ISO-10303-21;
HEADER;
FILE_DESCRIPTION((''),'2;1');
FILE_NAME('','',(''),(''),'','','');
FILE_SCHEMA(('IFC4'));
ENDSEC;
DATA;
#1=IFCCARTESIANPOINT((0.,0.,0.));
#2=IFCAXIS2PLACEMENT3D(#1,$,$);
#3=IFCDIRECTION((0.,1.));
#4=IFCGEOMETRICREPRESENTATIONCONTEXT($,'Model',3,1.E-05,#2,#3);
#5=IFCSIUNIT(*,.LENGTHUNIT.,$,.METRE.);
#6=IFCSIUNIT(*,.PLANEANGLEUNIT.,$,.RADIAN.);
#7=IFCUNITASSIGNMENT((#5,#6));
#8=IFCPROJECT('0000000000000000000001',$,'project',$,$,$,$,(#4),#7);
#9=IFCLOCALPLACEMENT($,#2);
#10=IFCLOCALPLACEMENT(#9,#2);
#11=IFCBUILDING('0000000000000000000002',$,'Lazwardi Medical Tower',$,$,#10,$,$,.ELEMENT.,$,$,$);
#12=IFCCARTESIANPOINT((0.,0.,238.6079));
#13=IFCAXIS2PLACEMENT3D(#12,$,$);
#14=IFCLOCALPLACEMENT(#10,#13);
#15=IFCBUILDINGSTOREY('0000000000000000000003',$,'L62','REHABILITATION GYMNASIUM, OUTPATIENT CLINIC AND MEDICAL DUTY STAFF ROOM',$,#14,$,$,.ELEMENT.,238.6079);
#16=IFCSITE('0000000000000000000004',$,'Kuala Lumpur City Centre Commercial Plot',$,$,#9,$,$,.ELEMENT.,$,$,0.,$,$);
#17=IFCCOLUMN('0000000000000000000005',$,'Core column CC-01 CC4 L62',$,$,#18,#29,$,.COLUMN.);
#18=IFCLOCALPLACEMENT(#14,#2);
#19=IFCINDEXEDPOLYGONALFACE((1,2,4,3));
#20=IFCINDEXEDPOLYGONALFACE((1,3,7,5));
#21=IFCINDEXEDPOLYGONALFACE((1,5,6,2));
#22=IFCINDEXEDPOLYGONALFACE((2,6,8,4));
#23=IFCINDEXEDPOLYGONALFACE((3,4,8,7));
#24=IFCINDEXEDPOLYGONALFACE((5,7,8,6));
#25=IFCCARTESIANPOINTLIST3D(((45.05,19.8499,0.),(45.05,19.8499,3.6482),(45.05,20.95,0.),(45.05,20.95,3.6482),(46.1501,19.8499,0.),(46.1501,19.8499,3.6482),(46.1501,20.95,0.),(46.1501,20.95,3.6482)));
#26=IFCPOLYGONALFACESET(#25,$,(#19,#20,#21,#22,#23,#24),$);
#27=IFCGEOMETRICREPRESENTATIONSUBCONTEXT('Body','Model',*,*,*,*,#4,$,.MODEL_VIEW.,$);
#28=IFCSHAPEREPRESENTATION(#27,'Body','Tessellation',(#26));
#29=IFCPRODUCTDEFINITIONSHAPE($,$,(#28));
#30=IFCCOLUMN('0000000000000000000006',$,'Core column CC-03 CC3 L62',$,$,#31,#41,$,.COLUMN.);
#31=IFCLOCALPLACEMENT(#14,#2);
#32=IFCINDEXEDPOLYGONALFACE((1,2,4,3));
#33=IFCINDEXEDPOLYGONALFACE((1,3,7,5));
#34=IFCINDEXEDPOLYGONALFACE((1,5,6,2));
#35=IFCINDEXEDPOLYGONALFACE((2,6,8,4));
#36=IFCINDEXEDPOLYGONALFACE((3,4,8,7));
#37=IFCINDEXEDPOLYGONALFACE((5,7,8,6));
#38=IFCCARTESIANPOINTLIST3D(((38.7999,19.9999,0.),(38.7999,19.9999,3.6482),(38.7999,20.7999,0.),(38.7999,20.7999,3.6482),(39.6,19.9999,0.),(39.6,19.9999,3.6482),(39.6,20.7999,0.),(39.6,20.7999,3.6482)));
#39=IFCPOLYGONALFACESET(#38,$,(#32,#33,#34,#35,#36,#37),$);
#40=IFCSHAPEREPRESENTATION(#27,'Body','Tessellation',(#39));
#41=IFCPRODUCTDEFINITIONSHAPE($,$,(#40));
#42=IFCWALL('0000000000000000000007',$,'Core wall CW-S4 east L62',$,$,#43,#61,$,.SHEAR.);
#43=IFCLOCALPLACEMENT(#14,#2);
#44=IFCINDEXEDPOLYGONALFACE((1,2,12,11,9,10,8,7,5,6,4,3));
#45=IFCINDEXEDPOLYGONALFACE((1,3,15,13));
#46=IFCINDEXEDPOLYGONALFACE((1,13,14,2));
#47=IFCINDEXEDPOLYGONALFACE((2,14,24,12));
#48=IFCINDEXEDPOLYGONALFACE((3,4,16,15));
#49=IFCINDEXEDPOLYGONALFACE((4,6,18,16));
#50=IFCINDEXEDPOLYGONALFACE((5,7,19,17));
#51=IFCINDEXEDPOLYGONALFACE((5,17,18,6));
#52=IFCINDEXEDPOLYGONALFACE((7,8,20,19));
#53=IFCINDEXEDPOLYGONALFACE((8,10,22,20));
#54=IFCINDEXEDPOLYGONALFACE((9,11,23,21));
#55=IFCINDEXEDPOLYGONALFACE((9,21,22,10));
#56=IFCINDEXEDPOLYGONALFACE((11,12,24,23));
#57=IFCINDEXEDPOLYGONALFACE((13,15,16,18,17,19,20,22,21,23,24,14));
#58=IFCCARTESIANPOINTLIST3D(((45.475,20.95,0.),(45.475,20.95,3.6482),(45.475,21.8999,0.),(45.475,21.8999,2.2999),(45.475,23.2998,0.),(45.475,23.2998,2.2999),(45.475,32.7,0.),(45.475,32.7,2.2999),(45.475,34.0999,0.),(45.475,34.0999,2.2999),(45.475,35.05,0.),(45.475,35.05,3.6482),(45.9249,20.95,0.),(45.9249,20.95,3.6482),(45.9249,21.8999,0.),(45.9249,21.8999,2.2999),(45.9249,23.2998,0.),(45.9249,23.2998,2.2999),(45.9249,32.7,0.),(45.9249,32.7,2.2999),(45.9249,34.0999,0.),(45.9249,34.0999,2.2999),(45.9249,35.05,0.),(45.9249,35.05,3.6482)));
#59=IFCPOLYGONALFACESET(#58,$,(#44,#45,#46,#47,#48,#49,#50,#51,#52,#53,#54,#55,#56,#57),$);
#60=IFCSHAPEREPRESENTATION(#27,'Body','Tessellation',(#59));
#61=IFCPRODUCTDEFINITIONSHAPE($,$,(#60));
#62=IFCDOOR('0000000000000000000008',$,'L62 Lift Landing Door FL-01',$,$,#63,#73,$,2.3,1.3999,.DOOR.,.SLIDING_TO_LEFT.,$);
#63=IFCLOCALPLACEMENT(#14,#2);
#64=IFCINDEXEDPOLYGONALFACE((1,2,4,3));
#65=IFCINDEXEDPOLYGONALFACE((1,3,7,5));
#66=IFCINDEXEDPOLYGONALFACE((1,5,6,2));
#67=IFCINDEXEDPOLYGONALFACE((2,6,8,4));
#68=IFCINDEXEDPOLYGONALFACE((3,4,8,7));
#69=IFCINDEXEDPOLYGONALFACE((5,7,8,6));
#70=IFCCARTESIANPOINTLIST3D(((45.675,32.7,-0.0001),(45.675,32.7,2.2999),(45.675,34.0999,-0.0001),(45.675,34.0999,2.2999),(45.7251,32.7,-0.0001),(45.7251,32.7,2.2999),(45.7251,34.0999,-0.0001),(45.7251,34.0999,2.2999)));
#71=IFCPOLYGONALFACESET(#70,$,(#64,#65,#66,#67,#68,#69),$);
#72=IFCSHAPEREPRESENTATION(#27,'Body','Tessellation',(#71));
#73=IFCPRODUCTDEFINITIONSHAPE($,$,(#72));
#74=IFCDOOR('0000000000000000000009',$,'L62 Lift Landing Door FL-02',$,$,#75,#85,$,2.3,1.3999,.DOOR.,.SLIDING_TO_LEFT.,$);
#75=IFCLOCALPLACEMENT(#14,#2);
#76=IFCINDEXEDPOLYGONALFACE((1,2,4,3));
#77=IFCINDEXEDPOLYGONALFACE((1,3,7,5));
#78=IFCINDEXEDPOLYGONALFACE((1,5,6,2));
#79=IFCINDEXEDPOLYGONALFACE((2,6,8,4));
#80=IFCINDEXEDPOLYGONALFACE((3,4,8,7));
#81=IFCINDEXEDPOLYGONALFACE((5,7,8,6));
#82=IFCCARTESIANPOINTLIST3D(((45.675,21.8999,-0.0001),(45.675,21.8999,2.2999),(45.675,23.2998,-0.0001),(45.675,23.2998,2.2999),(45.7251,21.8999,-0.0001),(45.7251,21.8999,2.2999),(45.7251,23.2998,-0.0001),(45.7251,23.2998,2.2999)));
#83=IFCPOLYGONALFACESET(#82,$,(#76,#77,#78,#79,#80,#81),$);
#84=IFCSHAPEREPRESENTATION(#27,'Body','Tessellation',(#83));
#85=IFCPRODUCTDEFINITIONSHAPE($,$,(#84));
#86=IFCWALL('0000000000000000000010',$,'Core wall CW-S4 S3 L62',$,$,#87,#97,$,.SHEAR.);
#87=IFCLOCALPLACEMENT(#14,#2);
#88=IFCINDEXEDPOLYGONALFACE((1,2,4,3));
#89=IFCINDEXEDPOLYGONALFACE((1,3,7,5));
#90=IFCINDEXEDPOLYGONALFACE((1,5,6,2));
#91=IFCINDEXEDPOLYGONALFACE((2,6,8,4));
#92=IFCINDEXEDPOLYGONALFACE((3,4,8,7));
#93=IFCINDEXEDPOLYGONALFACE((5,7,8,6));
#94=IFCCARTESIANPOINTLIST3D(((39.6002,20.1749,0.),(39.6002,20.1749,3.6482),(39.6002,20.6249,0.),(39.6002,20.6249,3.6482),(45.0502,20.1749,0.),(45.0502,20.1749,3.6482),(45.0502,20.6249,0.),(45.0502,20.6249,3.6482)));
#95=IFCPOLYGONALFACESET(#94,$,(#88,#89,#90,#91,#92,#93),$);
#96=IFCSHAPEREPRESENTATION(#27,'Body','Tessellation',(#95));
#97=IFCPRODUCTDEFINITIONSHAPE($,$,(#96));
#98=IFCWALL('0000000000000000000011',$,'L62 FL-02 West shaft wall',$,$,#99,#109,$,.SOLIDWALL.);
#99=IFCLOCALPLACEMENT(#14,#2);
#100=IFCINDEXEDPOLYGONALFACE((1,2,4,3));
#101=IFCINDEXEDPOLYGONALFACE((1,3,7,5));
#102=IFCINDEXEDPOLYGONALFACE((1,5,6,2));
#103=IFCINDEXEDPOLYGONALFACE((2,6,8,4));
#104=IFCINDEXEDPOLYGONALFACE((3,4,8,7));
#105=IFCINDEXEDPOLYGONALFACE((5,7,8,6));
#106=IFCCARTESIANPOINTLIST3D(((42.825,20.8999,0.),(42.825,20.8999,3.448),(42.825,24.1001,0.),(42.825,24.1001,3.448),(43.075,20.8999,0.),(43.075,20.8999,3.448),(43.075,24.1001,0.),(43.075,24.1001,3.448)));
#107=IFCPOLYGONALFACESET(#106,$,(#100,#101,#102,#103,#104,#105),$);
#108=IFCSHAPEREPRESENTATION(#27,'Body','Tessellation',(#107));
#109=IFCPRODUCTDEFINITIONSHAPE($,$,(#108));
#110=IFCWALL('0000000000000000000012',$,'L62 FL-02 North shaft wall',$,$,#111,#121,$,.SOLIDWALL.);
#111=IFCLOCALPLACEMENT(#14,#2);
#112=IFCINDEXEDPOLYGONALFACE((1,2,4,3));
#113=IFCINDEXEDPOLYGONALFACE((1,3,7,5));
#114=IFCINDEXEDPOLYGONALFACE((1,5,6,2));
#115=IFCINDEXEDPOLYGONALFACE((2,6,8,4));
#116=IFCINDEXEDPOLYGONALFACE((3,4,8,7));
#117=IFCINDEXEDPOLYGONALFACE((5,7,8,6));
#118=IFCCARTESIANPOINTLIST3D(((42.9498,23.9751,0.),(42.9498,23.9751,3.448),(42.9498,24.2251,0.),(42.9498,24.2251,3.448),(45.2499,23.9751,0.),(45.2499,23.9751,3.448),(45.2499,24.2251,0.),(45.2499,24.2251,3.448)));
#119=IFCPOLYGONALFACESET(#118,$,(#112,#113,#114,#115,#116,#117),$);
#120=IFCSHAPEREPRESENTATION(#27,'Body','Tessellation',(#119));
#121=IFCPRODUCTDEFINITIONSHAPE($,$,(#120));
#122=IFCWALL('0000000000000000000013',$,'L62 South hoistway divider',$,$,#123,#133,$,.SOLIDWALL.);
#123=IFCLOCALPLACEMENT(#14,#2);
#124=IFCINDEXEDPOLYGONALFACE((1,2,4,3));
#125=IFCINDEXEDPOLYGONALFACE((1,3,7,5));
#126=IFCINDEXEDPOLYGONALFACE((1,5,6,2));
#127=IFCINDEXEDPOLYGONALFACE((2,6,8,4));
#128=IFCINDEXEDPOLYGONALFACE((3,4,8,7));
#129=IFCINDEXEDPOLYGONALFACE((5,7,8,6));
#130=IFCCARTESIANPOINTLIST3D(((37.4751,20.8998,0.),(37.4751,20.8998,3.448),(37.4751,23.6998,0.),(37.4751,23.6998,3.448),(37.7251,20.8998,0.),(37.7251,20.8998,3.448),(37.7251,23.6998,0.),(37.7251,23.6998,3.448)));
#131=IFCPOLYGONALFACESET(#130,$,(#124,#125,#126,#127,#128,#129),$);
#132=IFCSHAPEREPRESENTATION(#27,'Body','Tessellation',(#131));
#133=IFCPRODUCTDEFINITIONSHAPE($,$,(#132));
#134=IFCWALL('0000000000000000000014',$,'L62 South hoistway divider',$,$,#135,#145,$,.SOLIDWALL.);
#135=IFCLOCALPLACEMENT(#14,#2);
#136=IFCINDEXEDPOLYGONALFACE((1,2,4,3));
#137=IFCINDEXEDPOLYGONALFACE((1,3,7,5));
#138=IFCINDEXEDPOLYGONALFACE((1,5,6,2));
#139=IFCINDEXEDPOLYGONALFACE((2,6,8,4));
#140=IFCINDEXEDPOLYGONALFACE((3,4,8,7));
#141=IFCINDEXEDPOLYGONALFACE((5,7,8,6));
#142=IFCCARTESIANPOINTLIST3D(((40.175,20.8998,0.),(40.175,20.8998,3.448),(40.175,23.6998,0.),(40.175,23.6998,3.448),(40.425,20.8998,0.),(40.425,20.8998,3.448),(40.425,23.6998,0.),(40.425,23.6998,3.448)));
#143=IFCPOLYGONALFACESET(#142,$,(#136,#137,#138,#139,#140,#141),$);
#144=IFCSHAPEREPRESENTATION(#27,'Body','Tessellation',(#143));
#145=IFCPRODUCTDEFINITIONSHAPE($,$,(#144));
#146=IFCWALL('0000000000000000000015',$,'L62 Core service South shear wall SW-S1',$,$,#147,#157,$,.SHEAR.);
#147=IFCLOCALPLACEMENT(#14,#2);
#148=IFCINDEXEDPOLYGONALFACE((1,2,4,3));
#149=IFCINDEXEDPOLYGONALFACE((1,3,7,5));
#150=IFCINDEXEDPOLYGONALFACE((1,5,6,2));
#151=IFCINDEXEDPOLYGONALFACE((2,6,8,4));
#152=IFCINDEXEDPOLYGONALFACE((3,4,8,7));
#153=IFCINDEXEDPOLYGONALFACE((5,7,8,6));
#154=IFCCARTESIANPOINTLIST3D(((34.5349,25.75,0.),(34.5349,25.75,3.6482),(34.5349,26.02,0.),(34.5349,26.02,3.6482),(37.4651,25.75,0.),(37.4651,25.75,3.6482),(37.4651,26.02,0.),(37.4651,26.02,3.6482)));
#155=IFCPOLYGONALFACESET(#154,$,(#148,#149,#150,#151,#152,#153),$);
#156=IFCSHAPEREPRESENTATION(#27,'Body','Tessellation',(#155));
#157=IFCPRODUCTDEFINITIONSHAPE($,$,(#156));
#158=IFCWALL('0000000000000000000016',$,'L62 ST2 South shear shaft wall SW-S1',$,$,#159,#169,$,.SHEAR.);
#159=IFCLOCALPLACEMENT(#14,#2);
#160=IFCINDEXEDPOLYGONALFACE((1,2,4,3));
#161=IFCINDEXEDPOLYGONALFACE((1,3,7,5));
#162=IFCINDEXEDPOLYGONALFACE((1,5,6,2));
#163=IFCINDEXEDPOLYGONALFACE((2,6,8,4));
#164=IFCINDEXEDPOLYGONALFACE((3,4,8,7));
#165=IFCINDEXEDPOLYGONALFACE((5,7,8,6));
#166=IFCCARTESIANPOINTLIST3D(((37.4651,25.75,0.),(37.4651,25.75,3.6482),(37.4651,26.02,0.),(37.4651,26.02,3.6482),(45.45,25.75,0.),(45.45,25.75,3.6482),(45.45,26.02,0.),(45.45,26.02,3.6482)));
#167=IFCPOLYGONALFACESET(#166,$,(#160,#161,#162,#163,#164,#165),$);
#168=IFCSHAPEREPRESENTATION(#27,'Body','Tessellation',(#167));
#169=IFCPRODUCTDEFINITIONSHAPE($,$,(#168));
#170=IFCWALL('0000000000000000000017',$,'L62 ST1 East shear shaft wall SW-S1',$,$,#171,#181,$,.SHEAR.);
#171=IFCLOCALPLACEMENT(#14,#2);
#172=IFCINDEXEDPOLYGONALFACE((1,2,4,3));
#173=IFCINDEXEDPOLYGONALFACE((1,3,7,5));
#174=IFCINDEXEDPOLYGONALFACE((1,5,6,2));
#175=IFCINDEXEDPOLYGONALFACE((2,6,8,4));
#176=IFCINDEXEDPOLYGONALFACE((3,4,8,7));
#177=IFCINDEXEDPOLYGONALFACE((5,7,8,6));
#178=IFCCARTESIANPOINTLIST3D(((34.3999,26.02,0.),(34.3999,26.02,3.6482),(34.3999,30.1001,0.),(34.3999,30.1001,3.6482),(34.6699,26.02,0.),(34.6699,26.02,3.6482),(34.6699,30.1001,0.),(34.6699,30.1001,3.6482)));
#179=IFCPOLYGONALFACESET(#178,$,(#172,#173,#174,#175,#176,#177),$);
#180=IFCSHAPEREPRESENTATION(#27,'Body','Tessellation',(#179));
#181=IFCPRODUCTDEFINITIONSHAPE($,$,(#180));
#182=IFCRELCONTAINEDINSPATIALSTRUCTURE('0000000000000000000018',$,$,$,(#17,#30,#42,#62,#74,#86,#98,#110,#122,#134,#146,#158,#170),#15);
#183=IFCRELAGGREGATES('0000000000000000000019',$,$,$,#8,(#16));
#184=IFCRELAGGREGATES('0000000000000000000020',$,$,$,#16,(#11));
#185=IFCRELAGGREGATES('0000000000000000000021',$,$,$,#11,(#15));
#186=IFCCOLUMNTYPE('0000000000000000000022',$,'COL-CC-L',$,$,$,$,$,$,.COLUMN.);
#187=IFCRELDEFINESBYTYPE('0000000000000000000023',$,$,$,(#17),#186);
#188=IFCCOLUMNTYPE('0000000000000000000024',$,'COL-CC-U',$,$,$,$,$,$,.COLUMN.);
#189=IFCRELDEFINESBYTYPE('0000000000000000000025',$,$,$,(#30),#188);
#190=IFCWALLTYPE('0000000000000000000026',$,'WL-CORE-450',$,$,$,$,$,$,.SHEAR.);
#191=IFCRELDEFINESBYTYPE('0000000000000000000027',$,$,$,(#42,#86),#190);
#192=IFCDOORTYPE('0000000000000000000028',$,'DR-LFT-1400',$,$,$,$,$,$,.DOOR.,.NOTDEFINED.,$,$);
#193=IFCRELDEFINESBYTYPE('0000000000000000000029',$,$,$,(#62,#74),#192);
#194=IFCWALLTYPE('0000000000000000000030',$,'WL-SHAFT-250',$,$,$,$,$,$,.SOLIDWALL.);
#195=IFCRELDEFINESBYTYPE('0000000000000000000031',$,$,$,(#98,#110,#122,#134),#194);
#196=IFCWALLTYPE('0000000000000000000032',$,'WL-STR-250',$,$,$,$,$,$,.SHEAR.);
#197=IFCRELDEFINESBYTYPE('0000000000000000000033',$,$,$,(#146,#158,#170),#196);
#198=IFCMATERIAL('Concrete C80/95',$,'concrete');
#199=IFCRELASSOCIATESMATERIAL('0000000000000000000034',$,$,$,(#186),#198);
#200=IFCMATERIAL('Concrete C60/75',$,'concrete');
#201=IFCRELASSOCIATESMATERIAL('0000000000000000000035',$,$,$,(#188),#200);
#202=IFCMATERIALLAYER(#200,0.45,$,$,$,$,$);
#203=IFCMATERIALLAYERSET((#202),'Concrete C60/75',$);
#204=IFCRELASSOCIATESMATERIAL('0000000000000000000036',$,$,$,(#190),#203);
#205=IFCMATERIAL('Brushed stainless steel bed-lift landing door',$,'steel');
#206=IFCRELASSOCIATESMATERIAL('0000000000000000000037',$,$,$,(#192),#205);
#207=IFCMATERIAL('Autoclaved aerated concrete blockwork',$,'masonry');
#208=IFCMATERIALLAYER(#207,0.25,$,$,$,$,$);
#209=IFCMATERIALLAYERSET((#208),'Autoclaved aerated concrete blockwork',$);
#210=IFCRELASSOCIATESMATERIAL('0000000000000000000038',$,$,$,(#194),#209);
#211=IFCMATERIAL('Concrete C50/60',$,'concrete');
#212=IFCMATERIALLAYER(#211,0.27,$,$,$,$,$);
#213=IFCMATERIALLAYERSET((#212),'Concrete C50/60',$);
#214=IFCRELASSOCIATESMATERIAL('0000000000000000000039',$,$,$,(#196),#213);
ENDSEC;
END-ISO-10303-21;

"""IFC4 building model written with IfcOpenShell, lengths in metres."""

from ifc_helpers import new_model, si_unit, direction, frame, frame_2d, origin, origin_2d, place, context, subcontext, project, spatial, rectangle, extrude, material, layer, layer_set, material_profile, profile_set, type_object, element, fill, save


model = new_model("IFC4")

# Units and contexts
model_context = context("Model", 3, precision=1e-05, world=origin(), true_north=direction((0.0, 1.0)))
body_context = subcontext(model_context, "Body", "Model", "MODEL_VIEW")
ifc_project = project(units=[si_unit("LENGTHUNIT", "METRE"), si_unit("PLANEANGLEUNIT", "RADIAN")], contexts=[model_context])

# Site, building, storey
site_placement = place(None, origin())
site = spatial("IfcSite", under=ifc_project, at=site_placement, Name="Kuala Lumpur City Centre Commercial Plot", CompositionType="ELEMENT", RefElevation=0.0)
building_placement = place(site_placement, origin())
building = spatial("IfcBuilding", under=site, at=building_placement, Name="Lazwardi Medical Tower", CompositionType="ELEMENT")
storey_placement = place(building_placement, frame((0.0, 0.0, 238.6079)))
storey = spatial("IfcBuildingStorey", under=building, at=storey_placement, Name="L62", Description="REHABILITATION GYMNASIUM, OUTPATIENT CLINIC AND MEDICAL DUTY STAFF ROOM", CompositionType="ELEMENT", Elevation=238.6079)

# Columns
ifc_material_1 = material(Name="Concrete C80/95", Category="concrete")
ifc_material_profile_1 = material_profile(ifc_material_1, rectangle(XDim=1.1001, YDim=1.1001, at=origin_2d()), Name="RC 1100x1100")
ifc_profile_set_1 = profile_set([ifc_material_profile_1], Name="Concrete C80/95")
column_type_1 = type_object("IfcColumnType", Name="COL-CC-L", PredefinedType="COLUMN", material=ifc_profile_set_1)
column_1_placement = place(storey_placement, frame((45.6001, 20.3999, 0.0), z_axis=(0.0, 0.0, 1.0), x_axis=(1.0, 0.0, 0.0)))
element("IfcColumn", 1, at=column_1_placement, inside=storey, type_object=column_type_1, Name="Core column CC-01 CC4 L62", PredefinedType="COLUMN", context=body_context, shape_type="SweptSolid", body=[
    extrude(rectangle(XDim=1.1001, YDim=1.1001, at=origin_2d()), origin(), (0.0, 0.0, 1.0), 3.6482),
])
ifc_material_2 = material(Name="Concrete C60/75", Category="concrete")
ifc_material_profile_2 = material_profile(ifc_material_2, rectangle(XDim=0.8, YDim=0.8, at=origin_2d()), Name="RC 800x800")
ifc_profile_set_2 = profile_set([ifc_material_profile_2], Name="Concrete C60/75")
column_type_2 = type_object("IfcColumnType", Name="COL-CC-U", PredefinedType="COLUMN", material=ifc_profile_set_2)
column_2_placement = place(storey_placement, frame((39.2, 20.3999, 0.0), z_axis=(0.0, 0.0, 1.0), x_axis=(1.0, 0.0, 0.0)))
element("IfcColumn", 2, at=column_2_placement, inside=storey, type_object=column_type_2, Name="Core column CC-03 CC3 L62", PredefinedType="COLUMN", context=body_context, shape_type="SweptSolid", body=[
    extrude(rectangle(XDim=0.8, YDim=0.8, at=origin_2d()), origin(), (0.0, 0.0, 1.0), 3.6482),
])

# Wall, openings, doors
ifc_layer_1 = layer(ifc_material_2, 0.45)
ifc_layer_set_1 = layer_set([ifc_layer_1], Name="Concrete C60/75")
wall_type_1 = type_object("IfcWallType", Name="WL-CORE-450", PredefinedType="SHEAR", material=ifc_layer_set_1)
wall_1_placement = place(storey_placement, frame((45.7, 20.95, 0.0), z_axis=(0.0, 0.0, 1.0), x_axis=(0.0, 1.0, 0.0)))
wall_1 = element("IfcWall", 3, at=wall_1_placement, inside=storey, type_object=wall_type_1, Name="Core wall CW-S4 east L62", PredefinedType="SHEAR", context=body_context, shape_type="SweptSolid", body=[
    extrude(rectangle(XDim=14.1001, YDim=0.45, at=frame_2d((7.05, 0.0))), origin(), (0.0, 0.0, 1.0), 3.6482),
])
opening_1_placement = place(wall_1_placement, frame((11.75, 0.0, 0.0)))
opening_1 = element("IfcOpeningElement", 4, at=opening_1_placement, cuts=wall_1, PredefinedType="OPENING", context=body_context, shape_type="SweptSolid", body=[
    extrude(rectangle(XDim=1.3999, YDim=2.3, at=frame_2d((0.7, 1.1499))), frame((0.0, 0.2349, 0.0), z_axis=(0.0, -1.0, 0.0), x_axis=(1.0, 0.0, 0.0)), (0.0, 0.0, 1.0), 0.47),
])
opening_2_placement = place(wall_1_placement, frame((0.95, 0.0, 0.0)))
opening_2 = element("IfcOpeningElement", 5, at=opening_2_placement, cuts=wall_1, PredefinedType="OPENING", context=body_context, shape_type="SweptSolid", body=[
    extrude(rectangle(XDim=1.3999, YDim=2.3, at=frame_2d((0.7, 1.1499))), frame((0.0, 0.2349, 0.0), z_axis=(0.0, -1.0, 0.0), x_axis=(1.0, 0.0, 0.0)), (0.0, 0.0, 1.0), 0.47),
])
ifc_material_3 = material(Name="Brushed stainless steel bed-lift landing door", Category="steel")
door_type = type_object("IfcDoorType", Name="DR-LFT-1400", OperationType="NOTDEFINED", PredefinedType="DOOR", material=ifc_material_3)
door_1_placement = place(opening_1_placement, origin())
door_1 = element("IfcDoor", 6, at=door_1_placement, inside=storey, type_object=door_type, Name="L62 Lift Landing Door FL-01", OperationType="SLIDING_TO_LEFT", OverallHeight=2.3, OverallWidth=1.3999, PredefinedType="DOOR", context=body_context, shape_type="SweptSolid", body=[
    extrude(rectangle(XDim=1.3999, YDim=2.3, at=frame_2d((0.7, 1.1499))), frame((0.0, 0.0249, 0.0), z_axis=(0.0, -1.0, 0.0), x_axis=(1.0, 0.0, 0.0)), (0.0, 0.0, 1.0), 0.05),
])
fill(opening_1, door_1)
door_2_placement = place(opening_2_placement, origin())
door_2 = element("IfcDoor", 7, at=door_2_placement, inside=storey, type_object=door_type, Name="L62 Lift Landing Door FL-02", OperationType="SLIDING_TO_LEFT", OverallHeight=2.3, OverallWidth=1.3999, PredefinedType="DOOR", context=body_context, shape_type="SweptSolid", body=[
    extrude(rectangle(XDim=1.3999, YDim=2.3, at=frame_2d((0.7, 1.1499))), frame((0.0, 0.0249, 0.0), z_axis=(0.0, -1.0, 0.0), x_axis=(1.0, 0.0, 0.0)), (0.0, 0.0, 1.0), 0.05),
])
fill(opening_2, door_2)

# Walls
wall_2_placement = place(storey_placement, frame((39.6001, 20.3999, 0.0), z_axis=(0.0, 0.0, 1.0), x_axis=(1.0, 0.0, 0.0)))
element("IfcWall", 8, at=wall_2_placement, inside=storey, type_object=wall_type_1, Name="Core wall CW-S4 S3 L62", PredefinedType="SHEAR", context=body_context, shape_type="SweptSolid", body=[
    extrude(rectangle(XDim=5.45, YDim=0.45, at=frame_2d((2.7251, 0.0))), origin(), (0.0, 0.0, 1.0), 3.6482),
])
ifc_material_4 = material(Name="Autoclaved aerated concrete blockwork", Category="masonry")
ifc_layer_2 = layer(ifc_material_4, 0.25)
ifc_layer_set_2 = layer_set([ifc_layer_2], Name="Autoclaved aerated concrete blockwork")
wall_type_2 = type_object("IfcWallType", Name="WL-SHAFT-250", PredefinedType="SOLIDWALL", material=ifc_layer_set_2)
wall_3_placement = place(storey_placement, frame((42.95, 20.8999, 0.0), z_axis=(0.0, 0.0, 1.0), x_axis=(0.0, 1.0, 0.0)))
element("IfcWall", 9, at=wall_3_placement, inside=storey, type_object=wall_type_2, Name="L62 FL-02 West shaft wall", PredefinedType="SOLIDWALL", context=body_context, shape_type="SweptSolid", body=[
    extrude(rectangle(XDim=3.2002, YDim=0.25, at=frame_2d((1.6001, 0.0))), origin(), (0.0, 0.0, 1.0), 3.448),
])
wall_4_placement = place(storey_placement, frame((42.95, 24.1001, 0.0), z_axis=(0.0, 0.0, 1.0), x_axis=(1.0, 0.0, 0.0)))
element("IfcWall", 10, at=wall_4_placement, inside=storey, type_object=wall_type_2, Name="L62 FL-02 North shaft wall", PredefinedType="SOLIDWALL", context=body_context, shape_type="SweptSolid", body=[
    extrude(rectangle(XDim=2.3, YDim=0.25, at=frame_2d((1.1499, 0.0))), origin(), (0.0, 0.0, 1.0), 3.448),
])
for number, where, z_axis, x_axis, name in (
    (11, (37.6001, 20.8999, 0.0), (0.0, 0.0, 1.0), (0.0, 1.0, 0.0), "L62 South hoistway divider"),
    (12, (40.3, 20.8999, 0.0), (0.0, 0.0, 1.0), (0.0, 1.0, 0.0), "L62 South hoistway divider"),
):
    element("IfcWall", number, at=place(storey_placement, frame(where, z_axis=z_axis, x_axis=x_axis)), inside=storey, type_object=wall_type_2, Name=name, PredefinedType="SOLIDWALL", context=body_context, shape_type="SweptSolid", body=[
        extrude(rectangle(XDim=2.8, YDim=0.25, at=frame_2d((1.3999, 0.0))), origin(), (0.0, 0.0, 1.0), 3.448),
    ])
ifc_material_5 = material(Name="Concrete C50/60", Category="concrete")
ifc_layer_3 = layer(ifc_material_5, 0.27)
ifc_layer_set_3 = layer_set([ifc_layer_3], Name="Concrete C50/60")
wall_type_3 = type_object("IfcWallType", Name="WL-STR-250", PredefinedType="SHEAR", material=ifc_layer_set_3)
wall_5_placement = place(storey_placement, frame((34.5349, 25.885, 0.0), z_axis=(0.0, 0.0, 1.0), x_axis=(1.0, 0.0, 0.0)))
element("IfcWall", 13, at=wall_5_placement, inside=storey, type_object=wall_type_3, Name="L62 Core service South shear wall SW-S1", PredefinedType="SHEAR", context=body_context, shape_type="SweptSolid", body=[
    extrude(rectangle(XDim=2.9302, YDim=0.27, at=frame_2d((1.4651, 0.0))), origin(), (0.0, 0.0, 1.0), 3.6482),
])
wall_6_placement = place(storey_placement, frame((37.4651, 25.885, 0.0), z_axis=(0.0, 0.0, 1.0), x_axis=(1.0, 0.0, 0.0)))
element("IfcWall", 14, at=wall_6_placement, inside=storey, type_object=wall_type_3, Name="L62 ST2 South shear shaft wall SW-S1", PredefinedType="SHEAR", context=body_context, shape_type="SweptSolid", body=[
    extrude(rectangle(XDim=7.9849, YDim=0.27, at=frame_2d((3.9924, 0.0))), origin(), (0.0, 0.0, 1.0), 3.6482),
])
for number, where, z_axis, x_axis, name in (
    (15, (34.5349, 26.02, 0.0), (0.0, 0.0, 1.0), (0.0, 1.0, 0.0), "L62 ST1 East shear shaft wall SW-S1"),
):
    element("IfcWall", number, at=place(storey_placement, frame(where, z_axis=z_axis, x_axis=x_axis)), inside=storey, type_object=wall_type_3, Name=name, PredefinedType="SHEAR", context=body_context, shape_type="SweptSolid", body=[
        extrude(rectangle(XDim=4.0801, YDim=0.27, at=frame_2d((2.04, 0.0))), origin(), (0.0, 0.0, 1.0), 3.6482),
    ])

save(model, "model.ifc")
